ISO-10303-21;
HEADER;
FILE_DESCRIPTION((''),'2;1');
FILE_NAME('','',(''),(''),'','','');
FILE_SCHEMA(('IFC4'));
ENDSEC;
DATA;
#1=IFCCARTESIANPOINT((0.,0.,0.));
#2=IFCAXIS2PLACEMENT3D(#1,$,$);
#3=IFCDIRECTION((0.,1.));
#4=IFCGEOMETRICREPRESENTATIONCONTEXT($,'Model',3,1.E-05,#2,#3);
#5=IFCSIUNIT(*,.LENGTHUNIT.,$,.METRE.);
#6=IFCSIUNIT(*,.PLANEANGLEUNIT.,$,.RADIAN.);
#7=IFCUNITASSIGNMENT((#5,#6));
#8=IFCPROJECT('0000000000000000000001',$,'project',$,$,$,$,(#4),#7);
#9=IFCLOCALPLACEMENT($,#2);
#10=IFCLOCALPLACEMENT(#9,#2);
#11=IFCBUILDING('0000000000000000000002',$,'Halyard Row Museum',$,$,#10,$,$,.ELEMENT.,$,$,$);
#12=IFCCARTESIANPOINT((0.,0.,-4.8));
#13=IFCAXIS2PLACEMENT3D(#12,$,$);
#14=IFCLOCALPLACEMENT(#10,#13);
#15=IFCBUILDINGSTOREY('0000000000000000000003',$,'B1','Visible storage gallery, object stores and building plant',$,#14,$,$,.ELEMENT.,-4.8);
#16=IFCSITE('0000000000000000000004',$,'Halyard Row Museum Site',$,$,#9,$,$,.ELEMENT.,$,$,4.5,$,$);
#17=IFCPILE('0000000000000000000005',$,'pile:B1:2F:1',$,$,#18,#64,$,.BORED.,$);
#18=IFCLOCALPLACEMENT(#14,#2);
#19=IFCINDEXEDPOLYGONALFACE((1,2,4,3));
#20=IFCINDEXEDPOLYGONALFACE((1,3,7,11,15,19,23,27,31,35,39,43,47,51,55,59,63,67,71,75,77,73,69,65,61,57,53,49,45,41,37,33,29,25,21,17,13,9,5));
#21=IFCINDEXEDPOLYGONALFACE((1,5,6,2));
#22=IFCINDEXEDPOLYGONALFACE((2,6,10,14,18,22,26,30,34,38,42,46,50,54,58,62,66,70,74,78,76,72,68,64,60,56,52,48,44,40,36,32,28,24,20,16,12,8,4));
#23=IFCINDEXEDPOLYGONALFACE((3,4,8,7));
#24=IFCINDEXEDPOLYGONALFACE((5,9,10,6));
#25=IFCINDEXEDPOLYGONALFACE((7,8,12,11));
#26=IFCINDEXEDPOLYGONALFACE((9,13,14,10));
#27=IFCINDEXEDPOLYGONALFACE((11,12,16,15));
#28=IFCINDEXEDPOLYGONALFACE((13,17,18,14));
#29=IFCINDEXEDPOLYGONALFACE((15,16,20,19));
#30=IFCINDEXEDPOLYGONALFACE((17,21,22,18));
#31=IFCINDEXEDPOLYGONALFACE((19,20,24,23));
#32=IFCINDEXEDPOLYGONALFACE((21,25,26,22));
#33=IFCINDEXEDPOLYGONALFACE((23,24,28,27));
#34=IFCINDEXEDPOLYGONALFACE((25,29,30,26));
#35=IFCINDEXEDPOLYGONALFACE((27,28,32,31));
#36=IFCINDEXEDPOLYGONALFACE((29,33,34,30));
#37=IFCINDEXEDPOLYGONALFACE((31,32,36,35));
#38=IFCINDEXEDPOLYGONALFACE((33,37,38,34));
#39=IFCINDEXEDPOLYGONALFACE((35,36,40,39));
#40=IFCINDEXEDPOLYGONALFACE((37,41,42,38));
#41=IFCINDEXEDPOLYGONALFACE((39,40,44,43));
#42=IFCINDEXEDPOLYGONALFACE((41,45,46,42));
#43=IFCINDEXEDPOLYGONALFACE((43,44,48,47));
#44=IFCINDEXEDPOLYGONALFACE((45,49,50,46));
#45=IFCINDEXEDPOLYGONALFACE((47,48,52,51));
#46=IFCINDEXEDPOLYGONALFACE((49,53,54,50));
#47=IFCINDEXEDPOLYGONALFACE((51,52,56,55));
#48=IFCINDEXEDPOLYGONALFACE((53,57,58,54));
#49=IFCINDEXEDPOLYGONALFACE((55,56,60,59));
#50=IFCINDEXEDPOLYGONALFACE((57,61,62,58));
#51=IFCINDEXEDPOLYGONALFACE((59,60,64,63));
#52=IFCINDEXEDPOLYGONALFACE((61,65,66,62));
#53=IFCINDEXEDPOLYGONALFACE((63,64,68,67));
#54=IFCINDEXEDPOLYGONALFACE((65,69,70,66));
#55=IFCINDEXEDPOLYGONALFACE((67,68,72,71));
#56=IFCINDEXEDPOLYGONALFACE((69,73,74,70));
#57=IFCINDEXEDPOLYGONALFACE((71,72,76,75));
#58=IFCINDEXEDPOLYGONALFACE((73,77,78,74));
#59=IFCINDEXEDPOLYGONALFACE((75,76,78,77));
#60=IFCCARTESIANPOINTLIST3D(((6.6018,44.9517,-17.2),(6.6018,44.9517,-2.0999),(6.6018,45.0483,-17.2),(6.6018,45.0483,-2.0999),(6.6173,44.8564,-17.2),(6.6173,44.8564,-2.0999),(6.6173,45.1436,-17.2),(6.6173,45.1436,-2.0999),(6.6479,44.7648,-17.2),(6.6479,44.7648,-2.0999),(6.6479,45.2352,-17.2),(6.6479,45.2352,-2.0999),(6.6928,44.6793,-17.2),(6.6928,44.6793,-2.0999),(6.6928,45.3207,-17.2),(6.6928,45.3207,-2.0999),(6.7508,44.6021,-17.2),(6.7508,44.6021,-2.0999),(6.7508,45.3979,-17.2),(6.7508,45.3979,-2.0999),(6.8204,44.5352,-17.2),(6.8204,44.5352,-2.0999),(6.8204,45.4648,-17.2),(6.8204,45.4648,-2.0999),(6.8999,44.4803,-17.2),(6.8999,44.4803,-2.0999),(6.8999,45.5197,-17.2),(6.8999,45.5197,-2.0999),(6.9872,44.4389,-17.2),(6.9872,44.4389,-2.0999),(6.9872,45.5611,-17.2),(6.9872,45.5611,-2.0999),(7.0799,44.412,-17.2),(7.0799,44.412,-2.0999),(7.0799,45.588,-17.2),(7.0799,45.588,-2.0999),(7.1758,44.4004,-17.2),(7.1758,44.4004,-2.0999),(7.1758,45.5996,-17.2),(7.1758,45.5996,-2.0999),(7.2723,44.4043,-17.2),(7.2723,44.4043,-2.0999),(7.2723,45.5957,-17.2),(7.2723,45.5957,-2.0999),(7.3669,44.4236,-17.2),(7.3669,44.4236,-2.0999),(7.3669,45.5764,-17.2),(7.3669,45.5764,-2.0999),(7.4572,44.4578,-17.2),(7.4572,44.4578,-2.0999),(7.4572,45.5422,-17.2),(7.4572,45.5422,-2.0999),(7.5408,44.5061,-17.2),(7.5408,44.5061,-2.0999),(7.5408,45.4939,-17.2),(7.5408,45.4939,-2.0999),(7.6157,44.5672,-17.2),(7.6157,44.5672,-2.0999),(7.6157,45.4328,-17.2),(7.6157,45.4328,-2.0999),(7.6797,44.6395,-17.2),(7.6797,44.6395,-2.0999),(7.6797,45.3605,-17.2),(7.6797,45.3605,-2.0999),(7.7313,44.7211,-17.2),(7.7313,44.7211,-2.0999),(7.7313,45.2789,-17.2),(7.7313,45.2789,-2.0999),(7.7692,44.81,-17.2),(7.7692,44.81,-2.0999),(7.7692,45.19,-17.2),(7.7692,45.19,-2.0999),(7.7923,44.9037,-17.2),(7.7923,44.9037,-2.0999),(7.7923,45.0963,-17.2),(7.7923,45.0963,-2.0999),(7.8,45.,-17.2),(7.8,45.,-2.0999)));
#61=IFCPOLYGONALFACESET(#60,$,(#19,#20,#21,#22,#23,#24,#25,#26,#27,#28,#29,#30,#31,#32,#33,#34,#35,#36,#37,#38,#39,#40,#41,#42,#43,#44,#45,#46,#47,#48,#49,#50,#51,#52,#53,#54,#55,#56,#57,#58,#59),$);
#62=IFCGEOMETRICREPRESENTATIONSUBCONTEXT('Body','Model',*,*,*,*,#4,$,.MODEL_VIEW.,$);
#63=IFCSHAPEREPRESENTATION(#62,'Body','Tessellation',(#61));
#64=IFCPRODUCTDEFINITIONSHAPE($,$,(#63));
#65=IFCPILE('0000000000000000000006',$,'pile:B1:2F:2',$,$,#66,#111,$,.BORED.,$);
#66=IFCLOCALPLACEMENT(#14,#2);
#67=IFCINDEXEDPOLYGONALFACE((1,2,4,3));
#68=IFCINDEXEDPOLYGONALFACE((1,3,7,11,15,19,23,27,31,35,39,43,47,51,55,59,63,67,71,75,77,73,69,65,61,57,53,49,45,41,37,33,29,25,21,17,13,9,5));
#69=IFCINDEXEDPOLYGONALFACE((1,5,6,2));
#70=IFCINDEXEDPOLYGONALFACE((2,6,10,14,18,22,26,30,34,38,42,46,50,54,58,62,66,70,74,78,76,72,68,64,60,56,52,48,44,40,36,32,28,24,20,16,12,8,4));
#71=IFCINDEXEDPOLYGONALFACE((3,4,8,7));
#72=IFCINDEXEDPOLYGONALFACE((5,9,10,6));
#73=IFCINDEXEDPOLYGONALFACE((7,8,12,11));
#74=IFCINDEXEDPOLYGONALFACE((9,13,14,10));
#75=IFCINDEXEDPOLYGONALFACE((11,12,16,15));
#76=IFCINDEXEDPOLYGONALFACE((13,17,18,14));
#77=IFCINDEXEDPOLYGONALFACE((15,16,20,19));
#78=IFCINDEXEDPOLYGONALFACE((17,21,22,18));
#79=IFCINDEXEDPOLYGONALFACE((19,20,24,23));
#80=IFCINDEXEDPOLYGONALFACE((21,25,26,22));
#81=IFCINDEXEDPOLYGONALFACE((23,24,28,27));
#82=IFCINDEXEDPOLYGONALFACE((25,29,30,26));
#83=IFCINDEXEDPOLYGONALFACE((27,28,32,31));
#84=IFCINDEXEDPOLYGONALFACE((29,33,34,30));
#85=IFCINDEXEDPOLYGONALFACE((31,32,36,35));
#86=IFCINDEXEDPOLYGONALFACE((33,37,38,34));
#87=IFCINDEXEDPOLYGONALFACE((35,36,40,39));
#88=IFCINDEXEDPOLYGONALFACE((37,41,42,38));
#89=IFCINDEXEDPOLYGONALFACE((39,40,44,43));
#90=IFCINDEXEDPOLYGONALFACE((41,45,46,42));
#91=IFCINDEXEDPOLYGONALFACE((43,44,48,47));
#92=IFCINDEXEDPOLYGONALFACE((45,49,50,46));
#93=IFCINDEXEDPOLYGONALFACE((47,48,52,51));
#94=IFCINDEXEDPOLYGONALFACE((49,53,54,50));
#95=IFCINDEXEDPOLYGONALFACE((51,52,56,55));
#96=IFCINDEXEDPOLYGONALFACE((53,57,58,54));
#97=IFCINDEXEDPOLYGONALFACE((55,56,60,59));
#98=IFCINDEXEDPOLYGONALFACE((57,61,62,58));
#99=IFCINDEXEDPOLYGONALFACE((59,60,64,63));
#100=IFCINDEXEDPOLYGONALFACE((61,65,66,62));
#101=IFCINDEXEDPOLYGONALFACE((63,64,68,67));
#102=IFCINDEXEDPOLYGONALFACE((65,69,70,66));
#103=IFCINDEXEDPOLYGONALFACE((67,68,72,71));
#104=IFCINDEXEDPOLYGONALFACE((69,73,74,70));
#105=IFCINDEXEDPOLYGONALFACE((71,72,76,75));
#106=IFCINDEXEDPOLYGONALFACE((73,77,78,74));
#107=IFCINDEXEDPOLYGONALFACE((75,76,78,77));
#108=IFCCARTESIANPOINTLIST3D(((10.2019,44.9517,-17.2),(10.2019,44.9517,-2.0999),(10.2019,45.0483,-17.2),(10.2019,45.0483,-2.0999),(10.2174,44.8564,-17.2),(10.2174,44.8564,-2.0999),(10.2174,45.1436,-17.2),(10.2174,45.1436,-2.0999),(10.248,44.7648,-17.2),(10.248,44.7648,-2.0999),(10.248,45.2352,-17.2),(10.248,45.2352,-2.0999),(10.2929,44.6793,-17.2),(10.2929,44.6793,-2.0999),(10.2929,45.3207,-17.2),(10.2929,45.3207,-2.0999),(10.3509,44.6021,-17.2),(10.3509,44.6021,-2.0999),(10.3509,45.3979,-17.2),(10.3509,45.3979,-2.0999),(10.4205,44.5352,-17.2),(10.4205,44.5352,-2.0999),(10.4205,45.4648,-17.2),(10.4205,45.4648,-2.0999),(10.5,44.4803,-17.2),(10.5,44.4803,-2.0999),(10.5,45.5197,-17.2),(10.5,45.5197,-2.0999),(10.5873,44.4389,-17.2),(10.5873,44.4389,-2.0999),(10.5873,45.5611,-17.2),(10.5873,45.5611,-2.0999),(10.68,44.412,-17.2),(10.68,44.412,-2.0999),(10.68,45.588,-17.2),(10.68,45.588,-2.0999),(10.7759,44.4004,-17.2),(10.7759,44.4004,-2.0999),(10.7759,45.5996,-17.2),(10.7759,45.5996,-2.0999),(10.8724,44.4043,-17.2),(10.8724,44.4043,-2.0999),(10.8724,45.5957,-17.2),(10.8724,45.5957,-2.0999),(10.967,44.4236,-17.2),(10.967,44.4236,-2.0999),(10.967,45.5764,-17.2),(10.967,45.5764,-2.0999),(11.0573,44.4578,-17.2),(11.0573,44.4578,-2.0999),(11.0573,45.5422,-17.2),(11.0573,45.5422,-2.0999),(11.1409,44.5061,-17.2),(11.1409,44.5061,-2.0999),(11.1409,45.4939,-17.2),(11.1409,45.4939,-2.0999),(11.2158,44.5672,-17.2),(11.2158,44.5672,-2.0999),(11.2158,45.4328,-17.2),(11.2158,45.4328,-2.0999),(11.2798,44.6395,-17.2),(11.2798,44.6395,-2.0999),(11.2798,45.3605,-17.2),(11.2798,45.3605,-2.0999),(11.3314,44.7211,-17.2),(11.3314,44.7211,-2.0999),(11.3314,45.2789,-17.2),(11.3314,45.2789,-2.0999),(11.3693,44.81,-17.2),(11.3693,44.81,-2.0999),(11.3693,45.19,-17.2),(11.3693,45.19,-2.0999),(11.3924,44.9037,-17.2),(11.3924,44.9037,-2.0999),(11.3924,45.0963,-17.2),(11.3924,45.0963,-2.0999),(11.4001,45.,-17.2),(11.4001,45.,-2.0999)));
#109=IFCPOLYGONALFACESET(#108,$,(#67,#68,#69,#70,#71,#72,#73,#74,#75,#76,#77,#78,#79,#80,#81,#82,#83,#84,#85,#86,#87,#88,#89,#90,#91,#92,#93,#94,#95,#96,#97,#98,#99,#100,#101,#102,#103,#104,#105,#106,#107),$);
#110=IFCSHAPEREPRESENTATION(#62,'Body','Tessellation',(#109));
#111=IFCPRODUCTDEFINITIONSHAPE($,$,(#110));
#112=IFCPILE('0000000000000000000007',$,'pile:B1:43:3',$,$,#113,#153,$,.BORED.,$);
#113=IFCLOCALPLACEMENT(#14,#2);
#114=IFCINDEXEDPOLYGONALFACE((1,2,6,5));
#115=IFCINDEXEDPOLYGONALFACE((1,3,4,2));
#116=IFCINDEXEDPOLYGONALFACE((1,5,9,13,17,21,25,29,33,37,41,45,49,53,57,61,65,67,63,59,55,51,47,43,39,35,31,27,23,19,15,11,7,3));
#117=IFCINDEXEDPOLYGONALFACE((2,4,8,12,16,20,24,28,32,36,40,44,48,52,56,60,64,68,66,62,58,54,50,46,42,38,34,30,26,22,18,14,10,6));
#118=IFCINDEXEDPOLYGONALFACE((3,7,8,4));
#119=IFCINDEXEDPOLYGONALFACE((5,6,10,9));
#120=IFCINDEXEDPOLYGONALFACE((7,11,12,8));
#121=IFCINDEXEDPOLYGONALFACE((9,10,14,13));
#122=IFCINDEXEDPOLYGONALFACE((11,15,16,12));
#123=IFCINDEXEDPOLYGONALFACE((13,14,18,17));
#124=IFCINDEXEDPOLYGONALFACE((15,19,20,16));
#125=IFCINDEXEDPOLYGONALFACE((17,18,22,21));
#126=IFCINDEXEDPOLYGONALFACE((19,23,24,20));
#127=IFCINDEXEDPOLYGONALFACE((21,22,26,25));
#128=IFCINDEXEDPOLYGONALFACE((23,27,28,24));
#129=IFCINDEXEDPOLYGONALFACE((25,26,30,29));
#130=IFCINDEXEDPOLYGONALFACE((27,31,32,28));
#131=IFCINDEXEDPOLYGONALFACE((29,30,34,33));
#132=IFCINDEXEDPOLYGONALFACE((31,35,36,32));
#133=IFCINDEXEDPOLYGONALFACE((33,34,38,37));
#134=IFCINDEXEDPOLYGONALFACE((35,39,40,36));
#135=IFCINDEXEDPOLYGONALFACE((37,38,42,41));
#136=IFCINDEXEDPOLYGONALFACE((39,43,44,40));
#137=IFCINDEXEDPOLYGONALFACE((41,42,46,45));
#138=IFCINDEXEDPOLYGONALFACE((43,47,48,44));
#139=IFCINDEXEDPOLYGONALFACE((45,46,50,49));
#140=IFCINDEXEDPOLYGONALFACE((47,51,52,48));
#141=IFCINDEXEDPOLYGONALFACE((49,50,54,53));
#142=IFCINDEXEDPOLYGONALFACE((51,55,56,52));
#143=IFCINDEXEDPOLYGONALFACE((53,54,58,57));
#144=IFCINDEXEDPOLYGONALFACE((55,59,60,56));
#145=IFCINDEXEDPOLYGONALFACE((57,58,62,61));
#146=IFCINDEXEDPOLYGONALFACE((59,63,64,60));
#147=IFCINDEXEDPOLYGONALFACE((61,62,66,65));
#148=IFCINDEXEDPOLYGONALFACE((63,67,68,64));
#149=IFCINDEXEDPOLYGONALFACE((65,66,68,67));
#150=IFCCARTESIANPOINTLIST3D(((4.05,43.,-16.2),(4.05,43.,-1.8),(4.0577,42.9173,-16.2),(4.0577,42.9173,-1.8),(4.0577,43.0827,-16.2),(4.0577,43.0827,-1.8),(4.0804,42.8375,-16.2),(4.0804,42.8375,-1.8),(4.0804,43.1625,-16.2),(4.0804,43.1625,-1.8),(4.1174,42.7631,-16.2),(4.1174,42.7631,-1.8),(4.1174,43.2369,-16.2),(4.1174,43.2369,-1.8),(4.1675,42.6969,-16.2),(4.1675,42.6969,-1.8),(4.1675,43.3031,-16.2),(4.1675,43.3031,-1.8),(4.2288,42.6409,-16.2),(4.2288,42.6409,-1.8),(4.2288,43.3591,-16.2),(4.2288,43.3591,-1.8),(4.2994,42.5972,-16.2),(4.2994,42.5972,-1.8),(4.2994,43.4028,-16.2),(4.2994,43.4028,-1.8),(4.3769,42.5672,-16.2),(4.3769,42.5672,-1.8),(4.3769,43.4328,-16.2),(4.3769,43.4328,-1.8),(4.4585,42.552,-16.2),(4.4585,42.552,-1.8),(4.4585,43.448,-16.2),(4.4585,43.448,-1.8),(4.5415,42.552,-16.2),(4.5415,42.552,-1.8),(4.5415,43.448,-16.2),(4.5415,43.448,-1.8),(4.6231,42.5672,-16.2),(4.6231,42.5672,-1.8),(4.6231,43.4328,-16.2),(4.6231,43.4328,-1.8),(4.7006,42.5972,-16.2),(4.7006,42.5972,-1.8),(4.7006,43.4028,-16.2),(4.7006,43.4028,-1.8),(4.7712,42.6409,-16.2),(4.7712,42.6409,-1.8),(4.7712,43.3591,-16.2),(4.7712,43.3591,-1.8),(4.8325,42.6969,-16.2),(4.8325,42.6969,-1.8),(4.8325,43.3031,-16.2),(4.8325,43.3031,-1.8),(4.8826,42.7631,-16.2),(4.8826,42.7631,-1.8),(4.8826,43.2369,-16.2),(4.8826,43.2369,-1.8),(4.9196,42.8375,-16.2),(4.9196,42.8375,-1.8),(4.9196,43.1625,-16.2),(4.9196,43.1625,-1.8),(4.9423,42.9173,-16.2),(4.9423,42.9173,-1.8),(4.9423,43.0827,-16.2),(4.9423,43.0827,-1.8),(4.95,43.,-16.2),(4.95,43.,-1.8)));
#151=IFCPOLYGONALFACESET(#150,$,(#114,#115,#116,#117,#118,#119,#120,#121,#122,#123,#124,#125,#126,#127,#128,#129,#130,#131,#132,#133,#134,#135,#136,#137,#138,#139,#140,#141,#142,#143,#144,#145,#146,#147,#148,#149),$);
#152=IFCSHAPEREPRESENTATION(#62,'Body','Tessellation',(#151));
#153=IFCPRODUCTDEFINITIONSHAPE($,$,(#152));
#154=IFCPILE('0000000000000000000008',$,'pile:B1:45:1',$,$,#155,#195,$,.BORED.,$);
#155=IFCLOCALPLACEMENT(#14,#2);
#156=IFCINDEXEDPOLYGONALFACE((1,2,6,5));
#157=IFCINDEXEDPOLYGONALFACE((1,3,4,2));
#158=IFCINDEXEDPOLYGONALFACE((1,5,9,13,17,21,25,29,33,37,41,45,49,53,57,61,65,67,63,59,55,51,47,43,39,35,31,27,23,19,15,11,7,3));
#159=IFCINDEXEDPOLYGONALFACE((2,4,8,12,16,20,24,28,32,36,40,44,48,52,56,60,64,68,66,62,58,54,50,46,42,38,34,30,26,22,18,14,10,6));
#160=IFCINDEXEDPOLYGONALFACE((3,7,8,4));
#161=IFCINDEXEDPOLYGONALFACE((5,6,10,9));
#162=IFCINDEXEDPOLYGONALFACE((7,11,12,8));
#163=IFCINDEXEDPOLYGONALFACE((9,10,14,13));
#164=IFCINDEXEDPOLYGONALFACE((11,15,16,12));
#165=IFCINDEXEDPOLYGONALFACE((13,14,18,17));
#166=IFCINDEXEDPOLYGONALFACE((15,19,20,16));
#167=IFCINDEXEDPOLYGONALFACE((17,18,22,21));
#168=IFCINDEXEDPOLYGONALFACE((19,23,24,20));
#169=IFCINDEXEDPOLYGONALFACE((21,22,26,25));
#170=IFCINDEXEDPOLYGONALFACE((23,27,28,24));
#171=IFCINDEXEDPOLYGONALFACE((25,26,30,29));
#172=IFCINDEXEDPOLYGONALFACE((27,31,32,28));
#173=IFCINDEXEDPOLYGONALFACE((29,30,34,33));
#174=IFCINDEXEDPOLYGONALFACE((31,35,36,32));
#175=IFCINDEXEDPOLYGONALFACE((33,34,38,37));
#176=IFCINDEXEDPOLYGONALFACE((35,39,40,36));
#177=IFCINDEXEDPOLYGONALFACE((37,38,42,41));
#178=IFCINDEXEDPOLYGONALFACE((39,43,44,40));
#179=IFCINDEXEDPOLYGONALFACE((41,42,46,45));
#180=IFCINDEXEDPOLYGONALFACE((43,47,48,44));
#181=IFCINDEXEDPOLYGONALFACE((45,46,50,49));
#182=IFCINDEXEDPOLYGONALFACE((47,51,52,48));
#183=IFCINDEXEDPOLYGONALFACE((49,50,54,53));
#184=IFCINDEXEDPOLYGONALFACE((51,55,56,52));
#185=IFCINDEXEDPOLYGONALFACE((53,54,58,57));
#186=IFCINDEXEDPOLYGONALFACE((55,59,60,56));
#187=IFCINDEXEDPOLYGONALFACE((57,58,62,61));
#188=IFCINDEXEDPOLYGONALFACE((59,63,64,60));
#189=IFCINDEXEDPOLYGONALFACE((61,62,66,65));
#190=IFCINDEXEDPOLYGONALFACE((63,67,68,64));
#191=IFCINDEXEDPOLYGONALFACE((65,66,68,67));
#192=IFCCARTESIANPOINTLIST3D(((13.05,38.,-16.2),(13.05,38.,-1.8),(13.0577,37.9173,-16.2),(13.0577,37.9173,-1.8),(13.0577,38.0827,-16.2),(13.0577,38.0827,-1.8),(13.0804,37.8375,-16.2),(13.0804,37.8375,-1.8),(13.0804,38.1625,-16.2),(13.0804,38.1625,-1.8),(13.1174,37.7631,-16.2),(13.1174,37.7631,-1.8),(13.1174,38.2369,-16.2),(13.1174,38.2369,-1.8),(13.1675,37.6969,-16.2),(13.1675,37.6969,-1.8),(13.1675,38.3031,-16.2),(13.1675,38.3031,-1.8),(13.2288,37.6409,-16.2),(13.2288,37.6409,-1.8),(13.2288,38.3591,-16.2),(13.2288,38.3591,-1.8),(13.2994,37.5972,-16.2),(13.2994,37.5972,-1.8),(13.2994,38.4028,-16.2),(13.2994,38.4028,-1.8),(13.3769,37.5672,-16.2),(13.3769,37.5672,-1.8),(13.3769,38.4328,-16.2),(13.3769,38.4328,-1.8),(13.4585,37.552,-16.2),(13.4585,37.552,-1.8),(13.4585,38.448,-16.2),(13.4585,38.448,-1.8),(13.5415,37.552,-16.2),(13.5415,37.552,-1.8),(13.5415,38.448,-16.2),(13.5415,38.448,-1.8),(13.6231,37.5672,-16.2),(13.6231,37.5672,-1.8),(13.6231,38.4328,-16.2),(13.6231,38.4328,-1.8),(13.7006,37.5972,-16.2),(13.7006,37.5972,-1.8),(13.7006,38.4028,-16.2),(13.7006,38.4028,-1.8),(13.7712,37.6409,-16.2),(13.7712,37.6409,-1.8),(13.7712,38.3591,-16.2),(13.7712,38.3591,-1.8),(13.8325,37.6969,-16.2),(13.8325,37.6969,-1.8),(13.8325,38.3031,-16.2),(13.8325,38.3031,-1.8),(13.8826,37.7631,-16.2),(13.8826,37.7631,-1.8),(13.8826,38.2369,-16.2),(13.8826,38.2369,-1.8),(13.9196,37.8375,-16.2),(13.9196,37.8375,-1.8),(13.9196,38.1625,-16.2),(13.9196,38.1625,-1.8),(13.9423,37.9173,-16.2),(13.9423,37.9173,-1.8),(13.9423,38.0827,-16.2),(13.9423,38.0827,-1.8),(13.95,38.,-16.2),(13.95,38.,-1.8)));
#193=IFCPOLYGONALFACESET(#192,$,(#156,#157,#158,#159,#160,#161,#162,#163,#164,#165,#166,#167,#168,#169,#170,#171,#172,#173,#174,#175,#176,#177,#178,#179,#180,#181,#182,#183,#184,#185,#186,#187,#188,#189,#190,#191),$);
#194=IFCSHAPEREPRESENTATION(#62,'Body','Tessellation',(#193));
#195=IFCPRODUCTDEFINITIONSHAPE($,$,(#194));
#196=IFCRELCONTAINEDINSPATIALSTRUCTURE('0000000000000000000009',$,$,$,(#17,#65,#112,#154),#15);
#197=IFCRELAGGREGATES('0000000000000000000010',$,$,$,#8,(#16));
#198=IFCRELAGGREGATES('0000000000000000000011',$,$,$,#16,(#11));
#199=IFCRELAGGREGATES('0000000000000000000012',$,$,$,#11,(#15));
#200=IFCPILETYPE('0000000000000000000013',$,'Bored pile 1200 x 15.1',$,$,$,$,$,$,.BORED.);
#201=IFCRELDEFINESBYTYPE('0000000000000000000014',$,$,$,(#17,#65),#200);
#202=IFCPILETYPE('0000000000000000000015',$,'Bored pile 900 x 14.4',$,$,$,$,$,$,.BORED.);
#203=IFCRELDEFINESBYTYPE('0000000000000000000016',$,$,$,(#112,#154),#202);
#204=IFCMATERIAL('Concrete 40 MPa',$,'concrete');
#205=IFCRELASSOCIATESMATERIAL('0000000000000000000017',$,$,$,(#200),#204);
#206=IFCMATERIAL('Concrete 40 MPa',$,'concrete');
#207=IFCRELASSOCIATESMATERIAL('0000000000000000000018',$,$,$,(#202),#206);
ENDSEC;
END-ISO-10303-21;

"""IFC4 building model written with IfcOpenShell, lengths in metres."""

from ifc_helpers import new_model, si_unit, direction, frame, origin, origin_2d, place, context, subcontext, project, spatial, circle, extrude, material, material_profile, profile_set, type_object, element, save


model = new_model("IFC4")

# Units and contexts
model_context = context("Model", 3, precision=1e-05, world=origin(), true_north=direction((0.0, 1.0)))
body_context = subcontext(model_context, "Body", "Model", "MODEL_VIEW")
ifc_project = project(units=[si_unit("LENGTHUNIT", "METRE"), si_unit("PLANEANGLEUNIT", "RADIAN")], contexts=[model_context])

# Site, building, storey
site_placement = place(None, origin())
site = spatial("IfcSite", under=ifc_project, at=site_placement, Name="Halyard Row Museum Site", CompositionType="ELEMENT", RefElevation=4.5)
building_placement = place(site_placement, origin())
building = spatial("IfcBuilding", under=site, at=building_placement, Name="Halyard Row Museum", CompositionType="ELEMENT")
storey_placement = place(building_placement, frame((0.0, 0.0, -4.8)))
storey = spatial("IfcBuildingStorey", under=building, at=storey_placement, Name="B1", Description="Visible storage gallery, object stores and building plant", CompositionType="ELEMENT", Elevation=-4.8)

# Piles
ifc_material_1 = material(Name="Concrete 40 MPa", Category="concrete")
ifc_material_profile_1 = material_profile(ifc_material_1, circle(Radius=0.6001, at=origin_2d()), Name="Bored pile 1200 x 15.1")
ifc_profile_set_1 = profile_set([ifc_material_profile_1], Name="Concrete 40 MPa")
pile_type_1 = type_object("IfcPileType", Name="Bored pile 1200 x 15.1", PredefinedType="BORED", material=ifc_profile_set_1)
for number, where, z_axis, x_axis, name in (
    (1, (7.2, 45.0, -2.0999), (0.0, 0.0, -1.0), (1.0, 0.0, 0.0), "pile:B1:2F:1"),
    (2, (10.8, 45.0, -2.0999), (0.0, 0.0, -1.0), (1.0, 0.0, 0.0), "pile:B1:2F:2"),
):
    element("IfcPile", number, at=place(storey_placement, frame(where, z_axis=z_axis, x_axis=x_axis)), inside=storey, type_object=pile_type_1, Name=name, PredefinedType="BORED", context=body_context, shape_type="SweptSolid", body=[
        extrude(circle(Radius=0.6001, at=origin_2d()), origin(), (0.0, 0.0, 1.0), 15.1001),
    ])
ifc_material_2 = material(Name="Concrete 40 MPa", Category="concrete")
ifc_material_profile_2 = material_profile(ifc_material_2, circle(Radius=0.45, at=origin_2d()), Name="Bored pile 900 x 14.4")
ifc_profile_set_2 = profile_set([ifc_material_profile_2], Name="Concrete 40 MPa")
pile_type_2 = type_object("IfcPileType", Name="Bored pile 900 x 14.4", PredefinedType="BORED", material=ifc_profile_set_2)
for number, where, z_axis, x_axis, name in (
    (3, (4.5, 43.0, -1.8), (0.0, 0.0, -1.0), (1.0, 0.0, 0.0), "pile:B1:43:3"),
    (4, (13.5, 38.0, -1.8), (0.0, 0.0, -1.0), (1.0, 0.0, 0.0), "pile:B1:45:1"),
):
    element("IfcPile", number, at=place(storey_placement, frame(where, z_axis=z_axis, x_axis=x_axis)), inside=storey, type_object=pile_type_2, Name=name, PredefinedType="BORED", context=body_context, shape_type="SweptSolid", body=[
        extrude(circle(Radius=0.45, at=origin_2d()), origin(), (0.0, 0.0, 1.0), 14.3999),
    ])

save(model, "model.ifc")
